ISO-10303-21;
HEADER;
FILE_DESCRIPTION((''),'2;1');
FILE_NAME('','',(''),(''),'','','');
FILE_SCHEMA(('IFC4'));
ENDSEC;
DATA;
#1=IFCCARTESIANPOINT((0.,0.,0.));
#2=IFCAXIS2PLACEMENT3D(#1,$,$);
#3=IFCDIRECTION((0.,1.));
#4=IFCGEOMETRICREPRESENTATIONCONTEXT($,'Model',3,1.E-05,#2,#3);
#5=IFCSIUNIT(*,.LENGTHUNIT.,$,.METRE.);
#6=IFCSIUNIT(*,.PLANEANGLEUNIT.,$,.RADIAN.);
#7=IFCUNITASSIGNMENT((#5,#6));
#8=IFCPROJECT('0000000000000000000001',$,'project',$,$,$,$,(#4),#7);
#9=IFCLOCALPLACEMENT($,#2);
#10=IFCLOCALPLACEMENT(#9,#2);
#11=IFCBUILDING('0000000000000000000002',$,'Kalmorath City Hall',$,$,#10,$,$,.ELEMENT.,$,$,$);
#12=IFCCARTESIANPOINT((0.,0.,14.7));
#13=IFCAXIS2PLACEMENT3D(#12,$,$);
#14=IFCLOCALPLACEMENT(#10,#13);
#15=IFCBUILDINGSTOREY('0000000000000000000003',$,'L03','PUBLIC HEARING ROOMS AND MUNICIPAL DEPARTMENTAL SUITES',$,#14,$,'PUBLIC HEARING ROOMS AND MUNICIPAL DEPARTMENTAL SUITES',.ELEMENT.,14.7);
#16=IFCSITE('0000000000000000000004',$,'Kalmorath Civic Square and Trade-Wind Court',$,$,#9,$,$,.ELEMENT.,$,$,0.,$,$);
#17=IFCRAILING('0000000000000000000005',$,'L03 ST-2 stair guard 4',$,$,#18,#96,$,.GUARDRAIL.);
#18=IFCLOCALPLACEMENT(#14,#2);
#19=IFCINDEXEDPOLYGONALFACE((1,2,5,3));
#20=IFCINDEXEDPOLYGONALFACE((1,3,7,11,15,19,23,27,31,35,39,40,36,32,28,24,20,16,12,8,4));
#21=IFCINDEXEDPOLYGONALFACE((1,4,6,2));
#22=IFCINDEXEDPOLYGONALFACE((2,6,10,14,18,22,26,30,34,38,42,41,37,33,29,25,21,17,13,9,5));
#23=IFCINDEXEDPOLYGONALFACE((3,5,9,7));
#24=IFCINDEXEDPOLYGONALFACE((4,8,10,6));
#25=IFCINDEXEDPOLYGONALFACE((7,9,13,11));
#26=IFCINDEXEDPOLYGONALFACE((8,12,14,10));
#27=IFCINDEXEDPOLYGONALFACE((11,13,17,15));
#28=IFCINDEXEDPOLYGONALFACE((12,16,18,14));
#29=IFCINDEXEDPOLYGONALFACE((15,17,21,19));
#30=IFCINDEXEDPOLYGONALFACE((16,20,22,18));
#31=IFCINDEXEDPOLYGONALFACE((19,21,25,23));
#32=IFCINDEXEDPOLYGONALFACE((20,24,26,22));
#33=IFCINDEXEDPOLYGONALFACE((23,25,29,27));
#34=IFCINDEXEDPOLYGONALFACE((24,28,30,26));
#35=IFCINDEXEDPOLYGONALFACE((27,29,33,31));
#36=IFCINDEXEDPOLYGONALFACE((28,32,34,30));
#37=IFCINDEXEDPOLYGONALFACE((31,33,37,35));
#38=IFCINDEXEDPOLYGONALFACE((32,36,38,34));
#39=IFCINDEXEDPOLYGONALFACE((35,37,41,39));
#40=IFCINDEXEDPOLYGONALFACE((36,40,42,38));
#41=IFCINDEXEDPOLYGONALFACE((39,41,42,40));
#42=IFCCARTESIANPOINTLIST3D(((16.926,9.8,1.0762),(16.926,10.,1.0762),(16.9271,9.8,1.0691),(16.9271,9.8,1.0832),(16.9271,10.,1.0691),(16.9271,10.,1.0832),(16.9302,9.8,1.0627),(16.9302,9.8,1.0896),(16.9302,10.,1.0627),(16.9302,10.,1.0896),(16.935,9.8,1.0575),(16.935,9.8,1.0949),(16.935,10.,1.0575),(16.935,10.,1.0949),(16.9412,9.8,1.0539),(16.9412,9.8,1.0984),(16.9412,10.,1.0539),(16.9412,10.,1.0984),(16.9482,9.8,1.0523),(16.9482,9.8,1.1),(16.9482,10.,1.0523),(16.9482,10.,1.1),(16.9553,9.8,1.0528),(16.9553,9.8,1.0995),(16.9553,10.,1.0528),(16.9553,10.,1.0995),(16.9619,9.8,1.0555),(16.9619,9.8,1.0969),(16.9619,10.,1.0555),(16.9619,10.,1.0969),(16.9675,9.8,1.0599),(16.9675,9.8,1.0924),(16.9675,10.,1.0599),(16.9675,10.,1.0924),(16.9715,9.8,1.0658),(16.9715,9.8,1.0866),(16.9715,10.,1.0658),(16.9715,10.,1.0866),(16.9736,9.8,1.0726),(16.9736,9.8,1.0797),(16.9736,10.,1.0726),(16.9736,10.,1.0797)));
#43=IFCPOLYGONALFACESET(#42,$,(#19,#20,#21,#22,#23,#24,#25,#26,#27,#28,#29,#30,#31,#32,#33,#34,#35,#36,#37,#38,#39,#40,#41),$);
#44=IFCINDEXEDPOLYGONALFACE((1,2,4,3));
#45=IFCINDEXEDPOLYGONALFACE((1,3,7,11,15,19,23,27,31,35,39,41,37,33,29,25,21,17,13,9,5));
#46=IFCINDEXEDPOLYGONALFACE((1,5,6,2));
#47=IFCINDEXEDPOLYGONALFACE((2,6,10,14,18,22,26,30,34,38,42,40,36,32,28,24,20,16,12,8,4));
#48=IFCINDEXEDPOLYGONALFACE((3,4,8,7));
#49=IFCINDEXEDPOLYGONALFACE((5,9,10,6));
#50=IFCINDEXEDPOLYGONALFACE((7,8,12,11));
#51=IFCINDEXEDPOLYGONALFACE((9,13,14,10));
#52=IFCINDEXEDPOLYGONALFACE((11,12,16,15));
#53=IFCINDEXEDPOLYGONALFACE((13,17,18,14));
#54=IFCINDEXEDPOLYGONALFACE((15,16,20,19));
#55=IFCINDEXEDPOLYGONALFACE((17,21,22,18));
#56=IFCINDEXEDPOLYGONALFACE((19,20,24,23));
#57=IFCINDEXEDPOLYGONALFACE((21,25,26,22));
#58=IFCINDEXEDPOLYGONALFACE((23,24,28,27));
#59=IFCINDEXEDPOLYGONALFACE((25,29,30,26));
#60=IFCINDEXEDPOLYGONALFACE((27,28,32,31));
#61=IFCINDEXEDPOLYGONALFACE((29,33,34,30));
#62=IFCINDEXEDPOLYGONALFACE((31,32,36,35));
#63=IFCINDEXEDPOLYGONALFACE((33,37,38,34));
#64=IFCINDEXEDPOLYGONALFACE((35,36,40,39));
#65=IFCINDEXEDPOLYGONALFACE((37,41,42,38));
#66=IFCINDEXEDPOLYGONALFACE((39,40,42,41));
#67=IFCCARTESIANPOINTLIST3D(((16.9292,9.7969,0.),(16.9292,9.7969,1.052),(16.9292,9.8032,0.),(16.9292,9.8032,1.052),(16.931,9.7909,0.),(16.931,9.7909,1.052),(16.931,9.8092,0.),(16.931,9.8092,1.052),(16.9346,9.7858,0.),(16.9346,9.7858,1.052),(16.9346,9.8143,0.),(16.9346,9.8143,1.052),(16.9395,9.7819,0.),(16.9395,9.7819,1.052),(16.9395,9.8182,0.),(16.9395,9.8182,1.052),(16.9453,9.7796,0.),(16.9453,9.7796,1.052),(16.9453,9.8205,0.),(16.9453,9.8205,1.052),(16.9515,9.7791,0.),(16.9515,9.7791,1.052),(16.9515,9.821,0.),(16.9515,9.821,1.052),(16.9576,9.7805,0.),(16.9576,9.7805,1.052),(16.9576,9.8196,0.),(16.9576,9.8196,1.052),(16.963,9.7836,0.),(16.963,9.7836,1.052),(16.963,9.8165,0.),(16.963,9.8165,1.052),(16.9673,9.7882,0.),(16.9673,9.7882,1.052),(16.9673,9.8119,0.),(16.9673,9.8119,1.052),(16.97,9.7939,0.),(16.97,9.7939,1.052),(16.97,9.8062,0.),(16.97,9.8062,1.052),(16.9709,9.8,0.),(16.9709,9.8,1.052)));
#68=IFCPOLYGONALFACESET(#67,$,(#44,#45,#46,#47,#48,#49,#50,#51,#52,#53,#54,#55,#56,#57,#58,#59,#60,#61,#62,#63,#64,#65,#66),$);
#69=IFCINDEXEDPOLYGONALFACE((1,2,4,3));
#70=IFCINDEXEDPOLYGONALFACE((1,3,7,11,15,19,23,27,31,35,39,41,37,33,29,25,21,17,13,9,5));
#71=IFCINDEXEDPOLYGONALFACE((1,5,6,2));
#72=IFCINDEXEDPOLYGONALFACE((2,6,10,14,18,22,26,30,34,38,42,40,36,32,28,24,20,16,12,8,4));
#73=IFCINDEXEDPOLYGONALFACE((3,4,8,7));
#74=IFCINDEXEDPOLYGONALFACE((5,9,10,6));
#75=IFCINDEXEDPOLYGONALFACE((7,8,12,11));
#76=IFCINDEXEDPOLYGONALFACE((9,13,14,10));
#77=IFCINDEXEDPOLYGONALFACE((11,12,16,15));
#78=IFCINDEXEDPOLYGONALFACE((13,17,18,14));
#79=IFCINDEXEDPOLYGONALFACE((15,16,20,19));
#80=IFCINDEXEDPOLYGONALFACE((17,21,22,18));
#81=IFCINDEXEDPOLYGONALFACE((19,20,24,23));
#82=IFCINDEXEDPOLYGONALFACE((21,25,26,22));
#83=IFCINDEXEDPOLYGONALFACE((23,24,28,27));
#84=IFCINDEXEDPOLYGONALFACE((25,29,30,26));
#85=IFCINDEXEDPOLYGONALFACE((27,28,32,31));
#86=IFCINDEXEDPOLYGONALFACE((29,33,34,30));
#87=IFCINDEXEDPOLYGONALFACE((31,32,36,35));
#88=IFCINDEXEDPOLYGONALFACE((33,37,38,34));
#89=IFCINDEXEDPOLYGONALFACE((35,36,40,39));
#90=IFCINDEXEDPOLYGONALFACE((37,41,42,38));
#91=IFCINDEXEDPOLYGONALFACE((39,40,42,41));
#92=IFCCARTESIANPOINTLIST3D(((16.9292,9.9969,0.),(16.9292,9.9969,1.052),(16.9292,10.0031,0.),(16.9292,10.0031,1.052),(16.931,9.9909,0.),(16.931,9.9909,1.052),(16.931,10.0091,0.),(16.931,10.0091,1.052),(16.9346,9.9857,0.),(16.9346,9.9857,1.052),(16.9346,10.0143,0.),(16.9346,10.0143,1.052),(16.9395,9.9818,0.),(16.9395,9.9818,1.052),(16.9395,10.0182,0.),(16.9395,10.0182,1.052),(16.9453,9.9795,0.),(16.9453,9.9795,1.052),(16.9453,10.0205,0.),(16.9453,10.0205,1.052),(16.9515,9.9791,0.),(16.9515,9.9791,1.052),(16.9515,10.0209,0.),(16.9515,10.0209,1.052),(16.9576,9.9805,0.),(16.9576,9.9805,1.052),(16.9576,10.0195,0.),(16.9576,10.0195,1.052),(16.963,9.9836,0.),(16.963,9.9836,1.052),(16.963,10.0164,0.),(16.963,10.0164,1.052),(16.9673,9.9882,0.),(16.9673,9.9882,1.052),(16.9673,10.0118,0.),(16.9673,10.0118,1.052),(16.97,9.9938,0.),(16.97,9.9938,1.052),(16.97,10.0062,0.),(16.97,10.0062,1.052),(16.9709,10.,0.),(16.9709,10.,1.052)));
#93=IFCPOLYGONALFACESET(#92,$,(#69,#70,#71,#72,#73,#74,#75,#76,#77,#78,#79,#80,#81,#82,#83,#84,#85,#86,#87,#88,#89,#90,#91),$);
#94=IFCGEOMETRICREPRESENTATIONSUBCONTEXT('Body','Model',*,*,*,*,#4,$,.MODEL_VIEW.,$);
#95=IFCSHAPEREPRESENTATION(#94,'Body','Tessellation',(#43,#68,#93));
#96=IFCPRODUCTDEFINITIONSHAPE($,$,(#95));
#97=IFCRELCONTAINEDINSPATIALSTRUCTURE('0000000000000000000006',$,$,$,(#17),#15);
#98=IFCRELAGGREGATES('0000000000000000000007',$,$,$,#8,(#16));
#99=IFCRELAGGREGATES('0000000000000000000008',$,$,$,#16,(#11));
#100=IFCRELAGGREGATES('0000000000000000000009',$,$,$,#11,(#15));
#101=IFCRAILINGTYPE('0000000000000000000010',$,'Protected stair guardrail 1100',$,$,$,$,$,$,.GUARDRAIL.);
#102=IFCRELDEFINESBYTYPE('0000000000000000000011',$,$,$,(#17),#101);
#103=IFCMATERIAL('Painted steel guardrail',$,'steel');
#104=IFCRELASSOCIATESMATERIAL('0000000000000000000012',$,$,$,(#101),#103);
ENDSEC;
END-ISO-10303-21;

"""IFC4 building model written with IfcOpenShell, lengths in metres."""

from ifc_helpers import new_model, si_unit, direction, frame, origin, origin_2d, place, context, subcontext, project, spatial, circle, extrude, material, type_object, element, save


model = new_model("IFC4")

# Units and contexts
model_context = context("Model", 3, precision=1e-05, world=origin(), true_north=direction((0.0, 1.0)))
body_context = subcontext(model_context, "Body", "Model", "MODEL_VIEW")
ifc_project = project(units=[si_unit("LENGTHUNIT", "METRE"), si_unit("PLANEANGLEUNIT", "RADIAN")], contexts=[model_context])

# Site, building, storey
site_placement = place(None, origin())
site = spatial("IfcSite", under=ifc_project, at=site_placement, Name="Kalmorath Civic Square and Trade-Wind Court", CompositionType="ELEMENT", RefElevation=0.0)
building_placement = place(site_placement, origin())
building = spatial("IfcBuilding", under=site, at=building_placement, Name="Kalmorath City Hall", CompositionType="ELEMENT")
storey_placement = place(building_placement, frame((0.0, 0.0, 14.7)))
storey = spatial("IfcBuildingStorey", under=building, at=storey_placement, Name="L03", Description="PUBLIC HEARING ROOMS AND MUNICIPAL DEPARTMENTAL SUITES", LongName="PUBLIC HEARING ROOMS AND MUNICIPAL DEPARTMENTAL SUITES", CompositionType="ELEMENT", Elevation=14.7)

# Railing
ifc_material_1 = material(Name="Painted steel guardrail", Category="steel")
railing_type_1 = type_object("IfcRailingType", Name="Protected stair guardrail 1100", PredefinedType="GUARDRAIL", material=ifc_material_1)
railing_1_placement = place(storey_placement, frame((16.95, 9.8, 0.0)))
element("IfcRailing", 1, at=railing_1_placement, inside=storey, type_object=railing_type_1, Name="L03 ST-2 stair guard 4", PredefinedType="GUARDRAIL", context=body_context, shape_type="SweptSolid", body=[
    extrude(circle(Radius=0.0239, at=origin_2d()), frame((0.0, 0.0, 1.0762), z_axis=(0.0, 1.0, 0.0), x_axis=(-1.0, 0.0, 0.0)), (0.0, 0.0, 1.0), 0.2),
    extrude(circle(Radius=0.021, at=origin_2d()), origin(), (0.0, 0.0, 1.0), 1.052),
    extrude(circle(Radius=0.021, at=origin_2d()), frame((0.0, 0.2, 0.0)), (0.0, 0.0, 1.0), 1.052),
])

save(model, "model.ifc")
